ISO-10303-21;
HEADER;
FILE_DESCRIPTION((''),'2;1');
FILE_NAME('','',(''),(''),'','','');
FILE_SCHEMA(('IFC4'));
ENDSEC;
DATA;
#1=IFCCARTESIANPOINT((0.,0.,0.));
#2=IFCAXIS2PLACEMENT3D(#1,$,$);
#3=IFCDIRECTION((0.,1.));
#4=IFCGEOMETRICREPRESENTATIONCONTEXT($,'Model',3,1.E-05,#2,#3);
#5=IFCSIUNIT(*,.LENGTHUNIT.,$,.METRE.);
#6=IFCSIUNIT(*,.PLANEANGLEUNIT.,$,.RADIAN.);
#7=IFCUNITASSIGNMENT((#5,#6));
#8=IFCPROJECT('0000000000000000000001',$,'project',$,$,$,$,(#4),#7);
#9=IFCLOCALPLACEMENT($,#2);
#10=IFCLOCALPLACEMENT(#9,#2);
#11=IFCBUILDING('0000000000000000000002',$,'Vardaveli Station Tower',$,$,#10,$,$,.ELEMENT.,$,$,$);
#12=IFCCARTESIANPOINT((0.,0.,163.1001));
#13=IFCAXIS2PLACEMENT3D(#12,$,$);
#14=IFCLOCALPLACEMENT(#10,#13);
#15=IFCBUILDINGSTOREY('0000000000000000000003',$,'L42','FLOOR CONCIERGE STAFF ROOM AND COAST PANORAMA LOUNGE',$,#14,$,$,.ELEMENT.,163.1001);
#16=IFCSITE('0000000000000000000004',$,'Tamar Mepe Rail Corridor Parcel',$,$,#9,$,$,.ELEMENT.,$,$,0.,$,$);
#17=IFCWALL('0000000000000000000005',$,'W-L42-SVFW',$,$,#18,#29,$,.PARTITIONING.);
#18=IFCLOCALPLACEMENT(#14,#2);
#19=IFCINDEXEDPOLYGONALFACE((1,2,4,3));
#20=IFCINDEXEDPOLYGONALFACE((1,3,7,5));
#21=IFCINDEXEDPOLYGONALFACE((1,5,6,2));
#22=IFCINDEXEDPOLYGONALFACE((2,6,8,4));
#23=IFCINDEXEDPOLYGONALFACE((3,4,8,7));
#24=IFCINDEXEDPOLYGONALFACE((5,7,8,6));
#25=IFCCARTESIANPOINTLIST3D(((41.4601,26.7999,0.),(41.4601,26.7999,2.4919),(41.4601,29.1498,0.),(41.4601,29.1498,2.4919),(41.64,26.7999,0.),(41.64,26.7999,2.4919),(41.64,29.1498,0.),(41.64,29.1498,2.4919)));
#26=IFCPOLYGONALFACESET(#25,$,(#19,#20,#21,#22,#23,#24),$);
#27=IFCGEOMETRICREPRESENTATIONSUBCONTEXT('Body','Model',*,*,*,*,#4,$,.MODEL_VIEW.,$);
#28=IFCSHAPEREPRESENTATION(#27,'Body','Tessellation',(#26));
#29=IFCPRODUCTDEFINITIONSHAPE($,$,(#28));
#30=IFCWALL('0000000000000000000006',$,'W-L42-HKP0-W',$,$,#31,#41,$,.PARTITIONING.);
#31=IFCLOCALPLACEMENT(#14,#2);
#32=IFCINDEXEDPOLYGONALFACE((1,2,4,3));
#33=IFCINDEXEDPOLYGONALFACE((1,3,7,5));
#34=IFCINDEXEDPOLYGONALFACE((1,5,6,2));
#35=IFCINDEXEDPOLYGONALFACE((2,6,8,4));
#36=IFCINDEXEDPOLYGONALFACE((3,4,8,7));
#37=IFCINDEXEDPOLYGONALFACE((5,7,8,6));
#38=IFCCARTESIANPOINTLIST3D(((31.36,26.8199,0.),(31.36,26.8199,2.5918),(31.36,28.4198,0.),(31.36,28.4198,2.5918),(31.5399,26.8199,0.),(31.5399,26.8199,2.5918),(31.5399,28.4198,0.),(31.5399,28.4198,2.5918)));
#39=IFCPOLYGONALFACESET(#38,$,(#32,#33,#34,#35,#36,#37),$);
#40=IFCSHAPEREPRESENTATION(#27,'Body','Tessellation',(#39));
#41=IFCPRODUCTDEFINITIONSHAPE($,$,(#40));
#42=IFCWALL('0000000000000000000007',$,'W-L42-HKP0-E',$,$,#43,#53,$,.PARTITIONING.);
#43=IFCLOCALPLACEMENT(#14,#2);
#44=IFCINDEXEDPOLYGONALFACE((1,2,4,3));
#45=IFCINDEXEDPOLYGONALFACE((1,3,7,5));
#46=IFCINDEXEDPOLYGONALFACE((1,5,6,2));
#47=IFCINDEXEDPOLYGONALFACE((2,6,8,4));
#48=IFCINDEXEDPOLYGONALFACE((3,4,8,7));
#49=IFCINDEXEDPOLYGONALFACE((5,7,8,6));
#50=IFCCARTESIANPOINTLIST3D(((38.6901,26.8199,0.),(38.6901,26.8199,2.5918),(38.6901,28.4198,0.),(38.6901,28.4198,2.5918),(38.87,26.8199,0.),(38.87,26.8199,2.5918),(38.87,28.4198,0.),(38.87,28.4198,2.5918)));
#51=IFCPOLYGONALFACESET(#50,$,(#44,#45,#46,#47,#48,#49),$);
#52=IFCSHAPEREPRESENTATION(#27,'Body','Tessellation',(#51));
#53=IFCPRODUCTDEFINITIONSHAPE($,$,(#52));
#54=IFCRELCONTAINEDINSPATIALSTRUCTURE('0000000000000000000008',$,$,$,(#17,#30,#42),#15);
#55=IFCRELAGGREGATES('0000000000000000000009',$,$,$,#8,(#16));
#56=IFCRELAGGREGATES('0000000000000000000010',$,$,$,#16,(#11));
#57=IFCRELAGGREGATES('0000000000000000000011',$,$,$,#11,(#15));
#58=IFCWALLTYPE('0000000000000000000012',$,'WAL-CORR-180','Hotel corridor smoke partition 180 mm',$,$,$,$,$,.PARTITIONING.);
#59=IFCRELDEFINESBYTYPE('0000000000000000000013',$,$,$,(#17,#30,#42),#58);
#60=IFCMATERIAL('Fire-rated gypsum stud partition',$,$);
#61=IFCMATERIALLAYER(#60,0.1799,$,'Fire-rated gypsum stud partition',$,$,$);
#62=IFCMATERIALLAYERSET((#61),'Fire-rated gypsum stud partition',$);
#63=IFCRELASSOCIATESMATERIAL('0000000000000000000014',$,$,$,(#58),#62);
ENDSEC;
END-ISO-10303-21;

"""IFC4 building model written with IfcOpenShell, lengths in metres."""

from ifc_helpers import new_model, si_unit, direction, frame, frame_2d, origin, place, context, subcontext, project, spatial, rectangle, extrude, source, transform, mapped, material, layer, layer_set, type_object, element, save


model = new_model("IFC4")

# Units and contexts
model_context = context("Model", 3, precision=1e-05, world=origin(), true_north=direction((0.0, 1.0)))
body_context = subcontext(model_context, "Body", "Model", "MODEL_VIEW")
ifc_project = project(units=[si_unit("LENGTHUNIT", "METRE"), si_unit("PLANEANGLEUNIT", "RADIAN")], contexts=[model_context])

# Site, building, storey
site_placement = place(None, origin())
site = spatial("IfcSite", under=ifc_project, at=site_placement, Name="Tamar Mepe Rail Corridor Parcel", CompositionType="ELEMENT", RefElevation=0.0)
building_placement = place(site_placement, origin())
building = spatial("IfcBuilding", under=site, at=building_placement, Name="Vardaveli Station Tower", CompositionType="ELEMENT")
storey_placement = place(building_placement, frame((0.0, 0.0, 163.1001)))
storey = spatial("IfcBuildingStorey", under=building, at=storey_placement, Name="L42", Description="FLOOR CONCIERGE STAFF ROOM AND COAST PANORAMA LOUNGE", CompositionType="ELEMENT", Elevation=163.1001)

# Shared definitions
ifc_material_1 = material(Name="Fire-rated gypsum stud partition")
ifc_layer_1 = layer(ifc_material_1, 0.1799, Name="Fire-rated gypsum stud partition")
ifc_layer_set_1 = layer_set([ifc_layer_1], Name="Fire-rated gypsum stud partition")
wall_type_1 = type_object("IfcWallType", Name="WAL-CORR-180", Description="Hotel corridor smoke partition 180 mm", PredefinedType="PARTITIONING", material=ifc_layer_set_1)

# Walls
shared_shape_1 = source(origin(), body_context, "Body", "SweptSolid", [
    extrude(rectangle(XDim=2.3499, YDim=0.1799, at=frame_2d((1.1748, 0.0))), origin(), (0.0, 0.0, 1.0), 2.4919),
])
wall_1_placement = place(storey_placement, frame((41.55, 26.8, 0.0), z_axis=(0.0, 0.0, 1.0), x_axis=(0.0, 1.0, 0.0)))
element("IfcWall", 1, at=wall_1_placement, inside=storey, type_object=wall_type_1, Name="W-L42-SVFW", PredefinedType="PARTITIONING", context=body_context, shape_type="MappedRepresentation", body=[
    mapped(shared_shape_1, transform((0.0, 0.0, 0.0), scale=1.0)),
])
shared_shape_2 = source(origin(), body_context, "Body", "SweptSolid", [
    extrude(rectangle(XDim=1.5999, YDim=0.1799, at=frame_2d((0.7998, 0.0))), origin(), (0.0, 0.0, 1.0), 2.5918),
])
for number, where, z_axis, x_axis, name in (
    (2, (31.45, 26.8201, 0.0), (0.0, 0.0, 1.0), (0.0, 1.0, 0.0), "W-L42-HKP0-W"),
    (3, (38.78, 26.8201, 0.0), (0.0, 0.0, 1.0), (0.0, 1.0, 0.0), "W-L42-HKP0-E"),
):
    element("IfcWall", number, at=place(storey_placement, frame(where, z_axis=z_axis, x_axis=x_axis)), inside=storey, type_object=wall_type_1, Name=name, PredefinedType="PARTITIONING", context=body_context, shape_type="MappedRepresentation", body=[
        mapped(shared_shape_2, transform((0.0, 0.0, 0.0), scale=1.0)),
    ])

save(model, "model.ifc")
